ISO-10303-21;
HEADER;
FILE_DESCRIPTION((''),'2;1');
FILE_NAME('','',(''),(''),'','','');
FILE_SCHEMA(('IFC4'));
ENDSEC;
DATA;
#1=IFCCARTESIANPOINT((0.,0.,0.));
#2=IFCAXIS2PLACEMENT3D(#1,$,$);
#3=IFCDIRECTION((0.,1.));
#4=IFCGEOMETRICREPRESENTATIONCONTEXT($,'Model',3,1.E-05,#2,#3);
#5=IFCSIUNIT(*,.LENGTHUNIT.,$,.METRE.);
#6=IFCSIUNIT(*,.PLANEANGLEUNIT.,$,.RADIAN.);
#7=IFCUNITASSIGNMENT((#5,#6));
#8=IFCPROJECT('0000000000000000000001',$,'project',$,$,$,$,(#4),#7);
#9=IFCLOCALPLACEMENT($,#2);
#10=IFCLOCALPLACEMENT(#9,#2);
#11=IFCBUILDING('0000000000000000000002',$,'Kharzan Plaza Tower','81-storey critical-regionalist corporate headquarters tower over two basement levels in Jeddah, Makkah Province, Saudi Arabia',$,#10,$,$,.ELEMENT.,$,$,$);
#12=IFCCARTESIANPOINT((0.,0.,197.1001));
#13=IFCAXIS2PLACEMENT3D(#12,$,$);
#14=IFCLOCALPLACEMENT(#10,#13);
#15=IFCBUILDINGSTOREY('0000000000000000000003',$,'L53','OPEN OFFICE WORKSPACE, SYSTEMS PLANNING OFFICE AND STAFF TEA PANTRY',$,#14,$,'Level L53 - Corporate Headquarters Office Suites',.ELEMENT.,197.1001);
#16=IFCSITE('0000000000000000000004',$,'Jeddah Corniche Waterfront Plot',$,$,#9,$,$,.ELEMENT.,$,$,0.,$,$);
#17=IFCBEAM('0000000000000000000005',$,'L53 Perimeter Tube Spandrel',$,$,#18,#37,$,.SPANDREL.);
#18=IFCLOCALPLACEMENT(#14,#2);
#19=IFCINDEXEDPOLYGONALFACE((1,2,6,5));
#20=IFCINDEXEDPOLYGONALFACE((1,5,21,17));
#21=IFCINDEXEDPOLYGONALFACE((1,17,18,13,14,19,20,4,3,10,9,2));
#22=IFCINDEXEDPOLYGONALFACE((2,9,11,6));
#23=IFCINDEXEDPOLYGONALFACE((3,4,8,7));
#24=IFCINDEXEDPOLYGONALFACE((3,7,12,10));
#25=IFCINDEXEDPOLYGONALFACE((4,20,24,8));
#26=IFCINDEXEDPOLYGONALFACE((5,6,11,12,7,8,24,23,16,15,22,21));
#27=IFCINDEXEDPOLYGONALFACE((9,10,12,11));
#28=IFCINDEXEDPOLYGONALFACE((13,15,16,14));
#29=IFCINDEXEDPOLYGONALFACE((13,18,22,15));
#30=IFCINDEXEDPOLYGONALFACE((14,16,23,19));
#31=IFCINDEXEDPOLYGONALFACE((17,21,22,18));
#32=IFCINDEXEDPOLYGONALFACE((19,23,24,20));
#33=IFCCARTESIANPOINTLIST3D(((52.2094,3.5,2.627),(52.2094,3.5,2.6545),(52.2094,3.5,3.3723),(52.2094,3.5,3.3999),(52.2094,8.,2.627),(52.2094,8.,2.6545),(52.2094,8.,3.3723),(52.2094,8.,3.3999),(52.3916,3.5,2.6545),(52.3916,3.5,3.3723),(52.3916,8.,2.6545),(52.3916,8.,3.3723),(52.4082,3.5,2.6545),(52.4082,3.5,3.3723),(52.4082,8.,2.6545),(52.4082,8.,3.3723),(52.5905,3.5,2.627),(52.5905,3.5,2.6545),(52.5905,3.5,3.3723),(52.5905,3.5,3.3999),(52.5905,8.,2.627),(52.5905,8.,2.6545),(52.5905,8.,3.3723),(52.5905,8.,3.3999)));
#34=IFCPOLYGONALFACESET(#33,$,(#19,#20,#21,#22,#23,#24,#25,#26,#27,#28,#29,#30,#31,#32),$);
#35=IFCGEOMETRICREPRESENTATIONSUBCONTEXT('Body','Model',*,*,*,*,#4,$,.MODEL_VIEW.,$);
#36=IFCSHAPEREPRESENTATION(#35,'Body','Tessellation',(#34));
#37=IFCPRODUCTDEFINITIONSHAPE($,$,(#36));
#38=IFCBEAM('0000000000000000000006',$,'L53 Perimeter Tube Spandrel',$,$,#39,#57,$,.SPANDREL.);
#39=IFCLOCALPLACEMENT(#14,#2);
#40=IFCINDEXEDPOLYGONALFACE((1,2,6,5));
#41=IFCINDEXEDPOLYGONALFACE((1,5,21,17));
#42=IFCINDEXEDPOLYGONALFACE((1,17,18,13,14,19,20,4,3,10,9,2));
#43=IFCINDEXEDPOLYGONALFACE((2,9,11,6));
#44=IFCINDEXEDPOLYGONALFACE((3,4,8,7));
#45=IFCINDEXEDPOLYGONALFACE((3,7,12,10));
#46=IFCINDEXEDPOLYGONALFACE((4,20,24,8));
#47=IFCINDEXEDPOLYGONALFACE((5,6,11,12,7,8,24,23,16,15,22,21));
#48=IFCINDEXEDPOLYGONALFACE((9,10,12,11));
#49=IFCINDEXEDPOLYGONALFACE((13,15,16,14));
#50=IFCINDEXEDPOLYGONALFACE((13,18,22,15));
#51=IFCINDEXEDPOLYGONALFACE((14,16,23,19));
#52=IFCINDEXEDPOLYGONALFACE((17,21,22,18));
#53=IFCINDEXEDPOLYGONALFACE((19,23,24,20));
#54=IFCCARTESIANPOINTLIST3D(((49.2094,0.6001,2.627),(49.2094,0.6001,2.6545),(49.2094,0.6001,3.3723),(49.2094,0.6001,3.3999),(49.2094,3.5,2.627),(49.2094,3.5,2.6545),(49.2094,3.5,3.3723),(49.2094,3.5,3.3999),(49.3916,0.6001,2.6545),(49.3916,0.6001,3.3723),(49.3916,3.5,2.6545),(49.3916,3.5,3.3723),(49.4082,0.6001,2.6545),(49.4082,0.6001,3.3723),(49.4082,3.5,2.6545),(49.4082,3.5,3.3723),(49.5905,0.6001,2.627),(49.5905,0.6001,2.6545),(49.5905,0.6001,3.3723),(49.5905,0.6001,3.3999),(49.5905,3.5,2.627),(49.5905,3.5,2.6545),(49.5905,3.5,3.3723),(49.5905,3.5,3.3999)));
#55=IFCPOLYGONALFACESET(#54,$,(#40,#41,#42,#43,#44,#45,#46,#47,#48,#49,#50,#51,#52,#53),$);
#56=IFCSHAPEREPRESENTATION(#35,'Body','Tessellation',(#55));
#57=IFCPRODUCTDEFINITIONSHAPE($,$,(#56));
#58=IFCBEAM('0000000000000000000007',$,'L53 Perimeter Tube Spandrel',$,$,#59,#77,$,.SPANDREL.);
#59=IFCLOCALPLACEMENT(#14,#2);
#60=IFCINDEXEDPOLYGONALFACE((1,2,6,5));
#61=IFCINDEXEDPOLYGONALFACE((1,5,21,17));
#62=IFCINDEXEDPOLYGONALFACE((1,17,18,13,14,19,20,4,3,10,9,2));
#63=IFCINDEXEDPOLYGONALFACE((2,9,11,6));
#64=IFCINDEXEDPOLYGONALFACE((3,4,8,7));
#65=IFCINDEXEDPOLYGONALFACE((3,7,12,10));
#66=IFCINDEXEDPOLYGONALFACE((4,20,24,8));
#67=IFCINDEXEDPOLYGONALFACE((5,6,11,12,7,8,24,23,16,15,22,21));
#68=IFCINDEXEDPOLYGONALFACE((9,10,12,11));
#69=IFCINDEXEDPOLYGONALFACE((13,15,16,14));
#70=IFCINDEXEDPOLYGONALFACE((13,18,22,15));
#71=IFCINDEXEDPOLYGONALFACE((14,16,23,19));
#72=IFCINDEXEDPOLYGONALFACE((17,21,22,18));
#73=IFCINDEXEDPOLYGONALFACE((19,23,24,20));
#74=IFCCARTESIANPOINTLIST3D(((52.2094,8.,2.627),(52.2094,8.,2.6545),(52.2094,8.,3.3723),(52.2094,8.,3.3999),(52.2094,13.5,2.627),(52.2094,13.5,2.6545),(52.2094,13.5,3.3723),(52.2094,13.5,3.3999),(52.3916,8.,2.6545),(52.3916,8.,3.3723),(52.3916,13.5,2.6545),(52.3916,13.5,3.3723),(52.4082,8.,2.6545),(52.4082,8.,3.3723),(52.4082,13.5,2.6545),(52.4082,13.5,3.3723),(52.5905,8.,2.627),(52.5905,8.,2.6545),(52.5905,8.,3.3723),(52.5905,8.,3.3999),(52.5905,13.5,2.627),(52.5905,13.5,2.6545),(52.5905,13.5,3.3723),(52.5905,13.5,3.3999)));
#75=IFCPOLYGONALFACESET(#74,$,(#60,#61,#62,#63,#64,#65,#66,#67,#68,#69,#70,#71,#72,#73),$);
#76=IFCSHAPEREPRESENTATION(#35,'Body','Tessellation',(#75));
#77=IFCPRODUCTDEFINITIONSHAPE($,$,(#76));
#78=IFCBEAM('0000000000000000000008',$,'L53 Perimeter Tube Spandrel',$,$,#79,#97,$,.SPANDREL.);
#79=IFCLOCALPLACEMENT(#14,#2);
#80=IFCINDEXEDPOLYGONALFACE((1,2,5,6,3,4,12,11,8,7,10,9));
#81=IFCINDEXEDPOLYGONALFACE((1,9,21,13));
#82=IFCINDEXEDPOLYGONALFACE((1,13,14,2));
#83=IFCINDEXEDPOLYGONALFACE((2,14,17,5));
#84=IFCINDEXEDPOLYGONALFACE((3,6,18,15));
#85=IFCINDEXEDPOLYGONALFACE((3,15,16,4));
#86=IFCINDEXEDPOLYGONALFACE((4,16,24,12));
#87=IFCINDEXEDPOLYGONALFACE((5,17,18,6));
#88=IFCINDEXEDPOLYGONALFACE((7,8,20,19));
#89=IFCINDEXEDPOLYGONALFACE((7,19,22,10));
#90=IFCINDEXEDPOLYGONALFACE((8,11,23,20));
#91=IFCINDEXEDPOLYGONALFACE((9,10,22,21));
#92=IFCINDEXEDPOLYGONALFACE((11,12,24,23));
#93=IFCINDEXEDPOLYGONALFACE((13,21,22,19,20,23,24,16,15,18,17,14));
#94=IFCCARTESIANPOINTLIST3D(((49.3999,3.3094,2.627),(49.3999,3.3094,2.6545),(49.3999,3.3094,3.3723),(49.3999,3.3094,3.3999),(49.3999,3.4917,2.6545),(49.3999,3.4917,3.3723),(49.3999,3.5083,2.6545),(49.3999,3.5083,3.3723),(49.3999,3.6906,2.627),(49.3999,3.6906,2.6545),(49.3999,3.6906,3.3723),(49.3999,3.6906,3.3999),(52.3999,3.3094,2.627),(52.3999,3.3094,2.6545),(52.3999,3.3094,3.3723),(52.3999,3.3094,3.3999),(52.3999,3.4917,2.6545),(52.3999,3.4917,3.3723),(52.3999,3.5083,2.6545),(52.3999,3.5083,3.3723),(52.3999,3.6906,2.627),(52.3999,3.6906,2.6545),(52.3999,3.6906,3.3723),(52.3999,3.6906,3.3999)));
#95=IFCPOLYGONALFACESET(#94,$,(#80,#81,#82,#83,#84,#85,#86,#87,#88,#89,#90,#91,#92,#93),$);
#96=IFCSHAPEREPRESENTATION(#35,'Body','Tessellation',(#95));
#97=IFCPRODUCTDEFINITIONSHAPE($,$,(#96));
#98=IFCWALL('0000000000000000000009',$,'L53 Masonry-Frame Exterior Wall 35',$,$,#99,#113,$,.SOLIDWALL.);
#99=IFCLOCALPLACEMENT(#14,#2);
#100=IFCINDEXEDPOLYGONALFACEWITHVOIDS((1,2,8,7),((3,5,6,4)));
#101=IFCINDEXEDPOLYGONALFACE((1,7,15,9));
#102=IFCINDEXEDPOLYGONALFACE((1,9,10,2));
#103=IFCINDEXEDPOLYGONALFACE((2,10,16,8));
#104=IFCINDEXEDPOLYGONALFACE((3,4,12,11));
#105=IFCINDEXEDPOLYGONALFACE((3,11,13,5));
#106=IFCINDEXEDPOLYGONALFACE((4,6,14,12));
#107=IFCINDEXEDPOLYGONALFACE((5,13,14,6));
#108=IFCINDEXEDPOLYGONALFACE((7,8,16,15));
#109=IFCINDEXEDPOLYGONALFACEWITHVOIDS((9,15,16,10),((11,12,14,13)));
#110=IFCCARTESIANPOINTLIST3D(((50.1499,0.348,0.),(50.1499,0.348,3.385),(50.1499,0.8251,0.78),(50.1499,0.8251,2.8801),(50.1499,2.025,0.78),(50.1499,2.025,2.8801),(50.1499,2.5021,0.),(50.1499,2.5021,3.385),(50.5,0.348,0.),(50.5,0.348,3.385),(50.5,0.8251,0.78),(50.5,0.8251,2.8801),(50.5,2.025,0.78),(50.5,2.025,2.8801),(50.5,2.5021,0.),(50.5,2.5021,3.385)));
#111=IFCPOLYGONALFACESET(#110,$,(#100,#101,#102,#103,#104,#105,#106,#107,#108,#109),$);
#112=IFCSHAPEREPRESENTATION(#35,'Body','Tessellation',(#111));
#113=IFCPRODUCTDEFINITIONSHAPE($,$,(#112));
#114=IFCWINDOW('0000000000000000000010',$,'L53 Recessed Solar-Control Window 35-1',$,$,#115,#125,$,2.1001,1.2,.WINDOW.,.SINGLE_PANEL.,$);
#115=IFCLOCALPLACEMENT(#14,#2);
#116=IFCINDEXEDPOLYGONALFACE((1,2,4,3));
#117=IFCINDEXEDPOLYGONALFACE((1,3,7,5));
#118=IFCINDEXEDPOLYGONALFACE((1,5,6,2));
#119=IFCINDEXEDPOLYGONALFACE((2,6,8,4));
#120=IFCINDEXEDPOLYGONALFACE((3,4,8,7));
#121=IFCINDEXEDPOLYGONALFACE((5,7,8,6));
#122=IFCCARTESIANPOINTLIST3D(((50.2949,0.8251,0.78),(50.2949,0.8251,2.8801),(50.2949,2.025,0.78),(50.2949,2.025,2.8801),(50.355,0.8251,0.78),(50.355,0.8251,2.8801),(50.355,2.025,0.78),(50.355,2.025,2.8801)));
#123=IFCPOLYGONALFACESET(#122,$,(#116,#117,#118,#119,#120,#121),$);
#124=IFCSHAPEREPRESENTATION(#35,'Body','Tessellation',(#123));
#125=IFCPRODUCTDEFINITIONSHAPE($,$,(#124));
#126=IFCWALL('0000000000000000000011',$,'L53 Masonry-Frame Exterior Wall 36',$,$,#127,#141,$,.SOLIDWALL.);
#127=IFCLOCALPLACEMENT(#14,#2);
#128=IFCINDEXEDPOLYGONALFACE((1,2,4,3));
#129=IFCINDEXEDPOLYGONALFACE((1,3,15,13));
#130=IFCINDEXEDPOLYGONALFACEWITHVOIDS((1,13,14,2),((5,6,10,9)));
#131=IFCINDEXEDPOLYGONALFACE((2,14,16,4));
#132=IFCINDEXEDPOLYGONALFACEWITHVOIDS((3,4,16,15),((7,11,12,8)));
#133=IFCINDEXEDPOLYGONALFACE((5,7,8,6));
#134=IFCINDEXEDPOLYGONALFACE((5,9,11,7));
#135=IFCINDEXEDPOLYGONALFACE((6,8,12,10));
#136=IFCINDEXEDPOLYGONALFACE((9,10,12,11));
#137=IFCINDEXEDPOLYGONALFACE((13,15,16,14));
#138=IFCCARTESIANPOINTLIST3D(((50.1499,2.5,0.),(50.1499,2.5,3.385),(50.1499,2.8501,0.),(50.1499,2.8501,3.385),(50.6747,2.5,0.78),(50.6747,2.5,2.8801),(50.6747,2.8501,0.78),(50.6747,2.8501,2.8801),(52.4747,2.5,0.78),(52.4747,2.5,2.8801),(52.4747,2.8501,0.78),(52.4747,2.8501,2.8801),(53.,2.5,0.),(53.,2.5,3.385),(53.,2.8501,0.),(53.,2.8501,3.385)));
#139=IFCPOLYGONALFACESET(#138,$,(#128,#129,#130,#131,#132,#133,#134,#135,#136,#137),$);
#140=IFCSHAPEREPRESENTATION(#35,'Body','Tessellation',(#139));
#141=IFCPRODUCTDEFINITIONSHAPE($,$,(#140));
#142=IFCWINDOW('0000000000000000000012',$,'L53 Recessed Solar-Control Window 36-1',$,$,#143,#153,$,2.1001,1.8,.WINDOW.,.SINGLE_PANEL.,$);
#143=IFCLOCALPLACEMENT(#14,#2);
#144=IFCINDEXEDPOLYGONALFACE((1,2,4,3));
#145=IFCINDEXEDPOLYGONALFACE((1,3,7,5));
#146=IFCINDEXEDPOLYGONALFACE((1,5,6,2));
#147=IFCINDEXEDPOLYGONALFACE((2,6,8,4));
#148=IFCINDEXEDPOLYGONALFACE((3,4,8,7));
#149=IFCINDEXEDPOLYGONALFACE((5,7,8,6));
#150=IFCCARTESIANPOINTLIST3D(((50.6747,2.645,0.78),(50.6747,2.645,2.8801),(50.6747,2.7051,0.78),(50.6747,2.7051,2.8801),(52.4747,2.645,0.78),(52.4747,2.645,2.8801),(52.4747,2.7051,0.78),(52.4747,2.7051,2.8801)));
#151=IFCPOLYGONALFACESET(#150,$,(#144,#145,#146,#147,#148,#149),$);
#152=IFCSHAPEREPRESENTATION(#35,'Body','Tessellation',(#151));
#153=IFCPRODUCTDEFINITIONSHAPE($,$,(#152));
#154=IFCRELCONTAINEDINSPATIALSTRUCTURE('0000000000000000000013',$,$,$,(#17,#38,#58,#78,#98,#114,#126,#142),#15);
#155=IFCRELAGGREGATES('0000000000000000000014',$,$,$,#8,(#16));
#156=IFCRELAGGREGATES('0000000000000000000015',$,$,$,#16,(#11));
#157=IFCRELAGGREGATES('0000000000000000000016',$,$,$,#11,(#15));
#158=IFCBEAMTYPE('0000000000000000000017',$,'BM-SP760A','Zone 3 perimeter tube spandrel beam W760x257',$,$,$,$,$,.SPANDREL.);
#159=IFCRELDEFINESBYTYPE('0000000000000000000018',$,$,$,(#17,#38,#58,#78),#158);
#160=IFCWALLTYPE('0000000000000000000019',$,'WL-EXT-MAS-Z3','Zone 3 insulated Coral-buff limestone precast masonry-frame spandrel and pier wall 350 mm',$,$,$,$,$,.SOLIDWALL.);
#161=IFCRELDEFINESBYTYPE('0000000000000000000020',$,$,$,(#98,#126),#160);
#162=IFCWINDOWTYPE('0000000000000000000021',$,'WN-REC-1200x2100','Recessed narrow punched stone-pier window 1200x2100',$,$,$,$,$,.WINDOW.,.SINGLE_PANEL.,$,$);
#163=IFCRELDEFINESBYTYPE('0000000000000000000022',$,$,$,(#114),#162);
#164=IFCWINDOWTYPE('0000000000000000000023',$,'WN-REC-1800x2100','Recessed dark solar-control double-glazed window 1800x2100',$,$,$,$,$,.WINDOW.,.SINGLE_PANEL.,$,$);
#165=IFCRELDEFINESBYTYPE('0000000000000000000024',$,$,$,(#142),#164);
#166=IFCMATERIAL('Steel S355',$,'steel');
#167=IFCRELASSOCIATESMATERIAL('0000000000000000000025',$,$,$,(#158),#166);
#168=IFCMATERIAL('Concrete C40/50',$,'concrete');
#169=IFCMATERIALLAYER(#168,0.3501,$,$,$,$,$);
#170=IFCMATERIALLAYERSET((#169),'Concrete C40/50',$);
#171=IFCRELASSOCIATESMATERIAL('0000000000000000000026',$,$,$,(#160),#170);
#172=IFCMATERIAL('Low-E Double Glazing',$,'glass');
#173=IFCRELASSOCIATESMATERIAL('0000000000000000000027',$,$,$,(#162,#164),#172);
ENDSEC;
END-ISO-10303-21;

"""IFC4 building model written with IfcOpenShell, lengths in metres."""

from ifc_helpers import new_model, si_unit, direction, frame, frame_2d, origin, origin_2d, place, context, subcontext, project, spatial, rectangle, i_section, extrude, source, transform, mapped, material, layer, layer_set, material_profile, profile_set, type_object, element, fill, save


model = new_model("IFC4")

# Units and contexts
model_context = context("Model", 3, precision=1e-05, world=origin(), true_north=direction((0.0, 1.0)))
body_context = subcontext(model_context, "Body", "Model", "MODEL_VIEW")
ifc_project = project(units=[si_unit("LENGTHUNIT", "METRE"), si_unit("PLANEANGLEUNIT", "RADIAN")], contexts=[model_context])

# Site, building, storey
site_placement = place(None, origin())
site = spatial("IfcSite", under=ifc_project, at=site_placement, Name="Jeddah Corniche Waterfront Plot", CompositionType="ELEMENT", RefElevation=0.0)
building_placement = place(site_placement, origin())
building = spatial("IfcBuilding", under=site, at=building_placement, Name="Kharzan Plaza Tower", Description="81-storey critical-regionalist corporate headquarters tower over two basement levels in Jeddah, Makkah Province, Saudi Arabia", CompositionType="ELEMENT")
storey_placement = place(building_placement, frame((0.0, 0.0, 197.1001)))
storey = spatial("IfcBuildingStorey", under=building, at=storey_placement, Name="L53", Description="OPEN OFFICE WORKSPACE, SYSTEMS PLANNING OFFICE AND STAFF TEA PANTRY", LongName="Level L53 - Corporate Headquarters Office Suites", CompositionType="ELEMENT", Elevation=197.1001)

# Beams
ifc_material_1 = material(Name="Steel S355", Category="steel")
ifc_material_profile_1 = material_profile(ifc_material_1, i_section(OverallWidth=0.3811, OverallDepth=0.7729, WebThickness=0.0166, FlangeThickness=0.0276, at=origin_2d()), Name="W760x257")
ifc_profile_set_1 = profile_set([ifc_material_profile_1], Name="Steel S355")
beam_type_1 = type_object("IfcBeamType", Name="BM-SP760A", Description="Zone 3 perimeter tube spandrel beam W760x257", PredefinedType="SPANDREL", material=ifc_profile_set_1)
shared_shape_1 = source(origin(), body_context, "Body", "SweptSolid", [
    extrude(i_section(OverallWidth=0.3811, OverallDepth=0.7729, WebThickness=0.0166, FlangeThickness=0.0276, at=origin_2d()), origin(), (0.0, 0.0, 1.0), 4.5),
])
beam_1_placement = place(storey_placement, frame((52.3999, 3.5, 3.0134), z_axis=(0.0, 1.0, 0.0), x_axis=(-1.0, 0.0, 0.0)))
element("IfcBeam", 1, at=beam_1_placement, inside=storey, type_object=beam_type_1, Name="L53 Perimeter Tube Spandrel", PredefinedType="SPANDREL", context=body_context, shape_type="MappedRepresentation", body=[
    mapped(shared_shape_1, transform((0.0, 0.0, 0.0), x_axis=(1.0, 0.0, 0.0), y_axis=(0.0, 1.0, 0.0), z_axis=(0.0, 0.0, 1.0))),
])
shared_shape_2 = source(origin(), body_context, "Body", "SweptSolid", [
    extrude(i_section(OverallWidth=0.3811, OverallDepth=0.7729, WebThickness=0.0166, FlangeThickness=0.0276, at=origin_2d()), origin(), (0.0, 0.0, 1.0), 2.8999),
])
beam_2_placement = place(storey_placement, frame((49.3999, 0.6001, 3.0134), z_axis=(0.0, 1.0, 0.0), x_axis=(-1.0, 0.0, 0.0)))
element("IfcBeam", 2, at=beam_2_placement, inside=storey, type_object=beam_type_1, Name="L53 Perimeter Tube Spandrel", PredefinedType="SPANDREL", context=body_context, shape_type="MappedRepresentation", body=[
    mapped(shared_shape_2, transform((0.0, 0.0, 0.0), x_axis=(1.0, 0.0, 0.0), y_axis=(0.0, 1.0, 0.0), z_axis=(0.0, 0.0, 1.0))),
])
shared_shape_3 = source(origin(), body_context, "Body", "SweptSolid", [
    extrude(i_section(OverallWidth=0.3811, OverallDepth=0.7729, WebThickness=0.0166, FlangeThickness=0.0276, at=origin_2d()), origin(), (0.0, 0.0, 1.0), 5.5),
])
beam_3_placement = place(storey_placement, frame((52.3999, 8.0, 3.0134), z_axis=(0.0, 1.0, 0.0), x_axis=(-1.0, 0.0, 0.0)))
element("IfcBeam", 3, at=beam_3_placement, inside=storey, type_object=beam_type_1, Name="L53 Perimeter Tube Spandrel", PredefinedType="SPANDREL", context=body_context, shape_type="MappedRepresentation", body=[
    mapped(shared_shape_3, transform((0.0, 0.0, 0.0), x_axis=(1.0, 0.0, 0.0), y_axis=(0.0, 1.0, 0.0), z_axis=(0.0, 0.0, 1.0))),
])
shared_shape_4 = source(origin(), body_context, "Body", "SweptSolid", [
    extrude(i_section(OverallWidth=0.3811, OverallDepth=0.7729, WebThickness=0.0166, FlangeThickness=0.0276, at=origin_2d()), origin(), (0.0, 0.0, 1.0), 3.0),
])
beam_4_placement = place(storey_placement, frame((49.3999, 3.5, 3.0134), z_axis=(1.0, 0.0, 0.0), x_axis=(0.0, 1.0, 0.0)))
element("IfcBeam", 4, at=beam_4_placement, inside=storey, type_object=beam_type_1, Name="L53 Perimeter Tube Spandrel", PredefinedType="SPANDREL", context=body_context, shape_type="MappedRepresentation", body=[
    mapped(shared_shape_4, transform((0.0, 0.0, 0.0), x_axis=(1.0, 0.0, 0.0), y_axis=(0.0, 1.0, 0.0), z_axis=(0.0, 0.0, 1.0))),
])

# Walls, openings, windows
ifc_material_2 = material(Name="Concrete C40/50", Category="concrete")
ifc_layer_1 = layer(ifc_material_2, 0.3501)
ifc_layer_set_1 = layer_set([ifc_layer_1], Name="Concrete C40/50")
wall_type_1 = type_object("IfcWallType", Name="WL-EXT-MAS-Z3", Description="Zone 3 insulated Coral-buff limestone precast masonry-frame spandrel and pier wall 350 mm", PredefinedType="SOLIDWALL", material=ifc_layer_set_1)
wall_1_placement = place(storey_placement, frame((50.325, 0.3479, 0.0), z_axis=(0.0, 0.0, 1.0), x_axis=(0.0, 1.0, 0.0)))
wall_1 = element("IfcWall", 5, at=wall_1_placement, inside=storey, type_object=wall_type_1, Name="L53 Masonry-Frame Exterior Wall 35", PredefinedType="SOLIDWALL", context=body_context, shape_type="SweptSolid", body=[
    extrude(rectangle(XDim=2.1541, YDim=0.3501, at=frame_2d((1.0771, 0.0))), origin(), (0.0, 0.0, 1.0), 3.385),
])
opening_1_placement = place(wall_1_placement, frame((0.4771, 0.0, 0.78)))
opening_1 = element("IfcOpeningElement", 6, at=opening_1_placement, cuts=wall_1, PredefinedType="OPENING", context=body_context, shape_type="SweptSolid", body=[
    extrude(rectangle(XDim=1.2, YDim=2.1001, at=frame_2d((0.6001, 1.05))), frame((0.0, 0.1851, 0.0), z_axis=(0.0, -1.0, 0.0), x_axis=(1.0, 0.0, 0.0)), (0.0, 0.0, 1.0), 0.3701),
])
ifc_material_3 = material(Name="Low-E Double Glazing", Category="glass")
window_type_1 = type_object("IfcWindowType", Name="WN-REC-1200x2100", Description="Recessed narrow punched stone-pier window 1200x2100", PartitioningType="SINGLE_PANEL", PredefinedType="WINDOW", material=ifc_material_3)
shared_shape_5 = source(origin(), body_context, "Body", "SweptSolid", [
    extrude(rectangle(XDim=1.2, YDim=2.1001, at=frame_2d((0.6001, 1.05))), frame((0.0, 0.03, 0.0), z_axis=(0.0, -1.0, 0.0), x_axis=(1.0, 0.0, 0.0)), (0.0, 0.0, 1.0), 0.0601),
])
window_1_placement = place(opening_1_placement, origin())
window_1 = element("IfcWindow", 7, at=window_1_placement, inside=storey, type_object=window_type_1, Name="L53 Recessed Solar-Control Window 35-1", OverallHeight=2.1001, OverallWidth=1.2, PartitioningType="SINGLE_PANEL", PredefinedType="WINDOW", context=body_context, shape_type="MappedRepresentation", body=[
    mapped(shared_shape_5, transform((0.0, 0.0, 0.0), x_axis=(1.0, 0.0, 0.0), y_axis=(0.0, 1.0, 0.0), z_axis=(0.0, 0.0, 1.0))),
])
fill(opening_1, window_1)
wall_2_placement = place(storey_placement, frame((50.1499, 2.675, 0.0), z_axis=(0.0, 0.0, 1.0), x_axis=(1.0, 0.0, 0.0)))
wall_2 = element("IfcWall", 8, at=wall_2_placement, inside=storey, type_object=wall_type_1, Name="L53 Masonry-Frame Exterior Wall 36", PredefinedType="SOLIDWALL", context=body_context, shape_type="SweptSolid", body=[
    extrude(rectangle(XDim=2.8501, YDim=0.3501, at=frame_2d((1.425, 0.0))), origin(), (0.0, 0.0, 1.0), 3.385),
])
opening_2_placement = place(wall_2_placement, frame((0.5249, 0.0, 0.78)))
opening_2 = element("IfcOpeningElement", 9, at=opening_2_placement, cuts=wall_2, PredefinedType="OPENING", context=body_context, shape_type="SweptSolid", body=[
    extrude(rectangle(XDim=1.8, YDim=2.1001, at=frame_2d((0.8999, 1.05))), frame((0.0, 0.1851, 0.0), z_axis=(0.0, -1.0, 0.0), x_axis=(1.0, 0.0, 0.0)), (0.0, 0.0, 1.0), 0.3701),
])
window_type_2 = type_object("IfcWindowType", Name="WN-REC-1800x2100", Description="Recessed dark solar-control double-glazed window 1800x2100", PartitioningType="SINGLE_PANEL", PredefinedType="WINDOW", material=ifc_material_3)
shared_shape_6 = source(origin(), body_context, "Body", "SweptSolid", [
    extrude(rectangle(XDim=1.8, YDim=2.1001, at=frame_2d((0.8999, 1.05))), frame((0.0, 0.03, 0.0), z_axis=(0.0, -1.0, 0.0), x_axis=(1.0, 0.0, 0.0)), (0.0, 0.0, 1.0), 0.0601),
])
window_2_placement = place(opening_2_placement, origin())
window_2 = element("IfcWindow", 10, at=window_2_placement, inside=storey, type_object=window_type_2, Name="L53 Recessed Solar-Control Window 36-1", OverallHeight=2.1001, OverallWidth=1.8, PartitioningType="SINGLE_PANEL", PredefinedType="WINDOW", context=body_context, shape_type="MappedRepresentation", body=[
    mapped(shared_shape_6, transform((0.0, 0.0, 0.0), x_axis=(1.0, 0.0, 0.0), y_axis=(0.0, 1.0, 0.0), z_axis=(0.0, 0.0, 1.0))),
])
fill(opening_2, window_2)

save(model, "model.ifc")
